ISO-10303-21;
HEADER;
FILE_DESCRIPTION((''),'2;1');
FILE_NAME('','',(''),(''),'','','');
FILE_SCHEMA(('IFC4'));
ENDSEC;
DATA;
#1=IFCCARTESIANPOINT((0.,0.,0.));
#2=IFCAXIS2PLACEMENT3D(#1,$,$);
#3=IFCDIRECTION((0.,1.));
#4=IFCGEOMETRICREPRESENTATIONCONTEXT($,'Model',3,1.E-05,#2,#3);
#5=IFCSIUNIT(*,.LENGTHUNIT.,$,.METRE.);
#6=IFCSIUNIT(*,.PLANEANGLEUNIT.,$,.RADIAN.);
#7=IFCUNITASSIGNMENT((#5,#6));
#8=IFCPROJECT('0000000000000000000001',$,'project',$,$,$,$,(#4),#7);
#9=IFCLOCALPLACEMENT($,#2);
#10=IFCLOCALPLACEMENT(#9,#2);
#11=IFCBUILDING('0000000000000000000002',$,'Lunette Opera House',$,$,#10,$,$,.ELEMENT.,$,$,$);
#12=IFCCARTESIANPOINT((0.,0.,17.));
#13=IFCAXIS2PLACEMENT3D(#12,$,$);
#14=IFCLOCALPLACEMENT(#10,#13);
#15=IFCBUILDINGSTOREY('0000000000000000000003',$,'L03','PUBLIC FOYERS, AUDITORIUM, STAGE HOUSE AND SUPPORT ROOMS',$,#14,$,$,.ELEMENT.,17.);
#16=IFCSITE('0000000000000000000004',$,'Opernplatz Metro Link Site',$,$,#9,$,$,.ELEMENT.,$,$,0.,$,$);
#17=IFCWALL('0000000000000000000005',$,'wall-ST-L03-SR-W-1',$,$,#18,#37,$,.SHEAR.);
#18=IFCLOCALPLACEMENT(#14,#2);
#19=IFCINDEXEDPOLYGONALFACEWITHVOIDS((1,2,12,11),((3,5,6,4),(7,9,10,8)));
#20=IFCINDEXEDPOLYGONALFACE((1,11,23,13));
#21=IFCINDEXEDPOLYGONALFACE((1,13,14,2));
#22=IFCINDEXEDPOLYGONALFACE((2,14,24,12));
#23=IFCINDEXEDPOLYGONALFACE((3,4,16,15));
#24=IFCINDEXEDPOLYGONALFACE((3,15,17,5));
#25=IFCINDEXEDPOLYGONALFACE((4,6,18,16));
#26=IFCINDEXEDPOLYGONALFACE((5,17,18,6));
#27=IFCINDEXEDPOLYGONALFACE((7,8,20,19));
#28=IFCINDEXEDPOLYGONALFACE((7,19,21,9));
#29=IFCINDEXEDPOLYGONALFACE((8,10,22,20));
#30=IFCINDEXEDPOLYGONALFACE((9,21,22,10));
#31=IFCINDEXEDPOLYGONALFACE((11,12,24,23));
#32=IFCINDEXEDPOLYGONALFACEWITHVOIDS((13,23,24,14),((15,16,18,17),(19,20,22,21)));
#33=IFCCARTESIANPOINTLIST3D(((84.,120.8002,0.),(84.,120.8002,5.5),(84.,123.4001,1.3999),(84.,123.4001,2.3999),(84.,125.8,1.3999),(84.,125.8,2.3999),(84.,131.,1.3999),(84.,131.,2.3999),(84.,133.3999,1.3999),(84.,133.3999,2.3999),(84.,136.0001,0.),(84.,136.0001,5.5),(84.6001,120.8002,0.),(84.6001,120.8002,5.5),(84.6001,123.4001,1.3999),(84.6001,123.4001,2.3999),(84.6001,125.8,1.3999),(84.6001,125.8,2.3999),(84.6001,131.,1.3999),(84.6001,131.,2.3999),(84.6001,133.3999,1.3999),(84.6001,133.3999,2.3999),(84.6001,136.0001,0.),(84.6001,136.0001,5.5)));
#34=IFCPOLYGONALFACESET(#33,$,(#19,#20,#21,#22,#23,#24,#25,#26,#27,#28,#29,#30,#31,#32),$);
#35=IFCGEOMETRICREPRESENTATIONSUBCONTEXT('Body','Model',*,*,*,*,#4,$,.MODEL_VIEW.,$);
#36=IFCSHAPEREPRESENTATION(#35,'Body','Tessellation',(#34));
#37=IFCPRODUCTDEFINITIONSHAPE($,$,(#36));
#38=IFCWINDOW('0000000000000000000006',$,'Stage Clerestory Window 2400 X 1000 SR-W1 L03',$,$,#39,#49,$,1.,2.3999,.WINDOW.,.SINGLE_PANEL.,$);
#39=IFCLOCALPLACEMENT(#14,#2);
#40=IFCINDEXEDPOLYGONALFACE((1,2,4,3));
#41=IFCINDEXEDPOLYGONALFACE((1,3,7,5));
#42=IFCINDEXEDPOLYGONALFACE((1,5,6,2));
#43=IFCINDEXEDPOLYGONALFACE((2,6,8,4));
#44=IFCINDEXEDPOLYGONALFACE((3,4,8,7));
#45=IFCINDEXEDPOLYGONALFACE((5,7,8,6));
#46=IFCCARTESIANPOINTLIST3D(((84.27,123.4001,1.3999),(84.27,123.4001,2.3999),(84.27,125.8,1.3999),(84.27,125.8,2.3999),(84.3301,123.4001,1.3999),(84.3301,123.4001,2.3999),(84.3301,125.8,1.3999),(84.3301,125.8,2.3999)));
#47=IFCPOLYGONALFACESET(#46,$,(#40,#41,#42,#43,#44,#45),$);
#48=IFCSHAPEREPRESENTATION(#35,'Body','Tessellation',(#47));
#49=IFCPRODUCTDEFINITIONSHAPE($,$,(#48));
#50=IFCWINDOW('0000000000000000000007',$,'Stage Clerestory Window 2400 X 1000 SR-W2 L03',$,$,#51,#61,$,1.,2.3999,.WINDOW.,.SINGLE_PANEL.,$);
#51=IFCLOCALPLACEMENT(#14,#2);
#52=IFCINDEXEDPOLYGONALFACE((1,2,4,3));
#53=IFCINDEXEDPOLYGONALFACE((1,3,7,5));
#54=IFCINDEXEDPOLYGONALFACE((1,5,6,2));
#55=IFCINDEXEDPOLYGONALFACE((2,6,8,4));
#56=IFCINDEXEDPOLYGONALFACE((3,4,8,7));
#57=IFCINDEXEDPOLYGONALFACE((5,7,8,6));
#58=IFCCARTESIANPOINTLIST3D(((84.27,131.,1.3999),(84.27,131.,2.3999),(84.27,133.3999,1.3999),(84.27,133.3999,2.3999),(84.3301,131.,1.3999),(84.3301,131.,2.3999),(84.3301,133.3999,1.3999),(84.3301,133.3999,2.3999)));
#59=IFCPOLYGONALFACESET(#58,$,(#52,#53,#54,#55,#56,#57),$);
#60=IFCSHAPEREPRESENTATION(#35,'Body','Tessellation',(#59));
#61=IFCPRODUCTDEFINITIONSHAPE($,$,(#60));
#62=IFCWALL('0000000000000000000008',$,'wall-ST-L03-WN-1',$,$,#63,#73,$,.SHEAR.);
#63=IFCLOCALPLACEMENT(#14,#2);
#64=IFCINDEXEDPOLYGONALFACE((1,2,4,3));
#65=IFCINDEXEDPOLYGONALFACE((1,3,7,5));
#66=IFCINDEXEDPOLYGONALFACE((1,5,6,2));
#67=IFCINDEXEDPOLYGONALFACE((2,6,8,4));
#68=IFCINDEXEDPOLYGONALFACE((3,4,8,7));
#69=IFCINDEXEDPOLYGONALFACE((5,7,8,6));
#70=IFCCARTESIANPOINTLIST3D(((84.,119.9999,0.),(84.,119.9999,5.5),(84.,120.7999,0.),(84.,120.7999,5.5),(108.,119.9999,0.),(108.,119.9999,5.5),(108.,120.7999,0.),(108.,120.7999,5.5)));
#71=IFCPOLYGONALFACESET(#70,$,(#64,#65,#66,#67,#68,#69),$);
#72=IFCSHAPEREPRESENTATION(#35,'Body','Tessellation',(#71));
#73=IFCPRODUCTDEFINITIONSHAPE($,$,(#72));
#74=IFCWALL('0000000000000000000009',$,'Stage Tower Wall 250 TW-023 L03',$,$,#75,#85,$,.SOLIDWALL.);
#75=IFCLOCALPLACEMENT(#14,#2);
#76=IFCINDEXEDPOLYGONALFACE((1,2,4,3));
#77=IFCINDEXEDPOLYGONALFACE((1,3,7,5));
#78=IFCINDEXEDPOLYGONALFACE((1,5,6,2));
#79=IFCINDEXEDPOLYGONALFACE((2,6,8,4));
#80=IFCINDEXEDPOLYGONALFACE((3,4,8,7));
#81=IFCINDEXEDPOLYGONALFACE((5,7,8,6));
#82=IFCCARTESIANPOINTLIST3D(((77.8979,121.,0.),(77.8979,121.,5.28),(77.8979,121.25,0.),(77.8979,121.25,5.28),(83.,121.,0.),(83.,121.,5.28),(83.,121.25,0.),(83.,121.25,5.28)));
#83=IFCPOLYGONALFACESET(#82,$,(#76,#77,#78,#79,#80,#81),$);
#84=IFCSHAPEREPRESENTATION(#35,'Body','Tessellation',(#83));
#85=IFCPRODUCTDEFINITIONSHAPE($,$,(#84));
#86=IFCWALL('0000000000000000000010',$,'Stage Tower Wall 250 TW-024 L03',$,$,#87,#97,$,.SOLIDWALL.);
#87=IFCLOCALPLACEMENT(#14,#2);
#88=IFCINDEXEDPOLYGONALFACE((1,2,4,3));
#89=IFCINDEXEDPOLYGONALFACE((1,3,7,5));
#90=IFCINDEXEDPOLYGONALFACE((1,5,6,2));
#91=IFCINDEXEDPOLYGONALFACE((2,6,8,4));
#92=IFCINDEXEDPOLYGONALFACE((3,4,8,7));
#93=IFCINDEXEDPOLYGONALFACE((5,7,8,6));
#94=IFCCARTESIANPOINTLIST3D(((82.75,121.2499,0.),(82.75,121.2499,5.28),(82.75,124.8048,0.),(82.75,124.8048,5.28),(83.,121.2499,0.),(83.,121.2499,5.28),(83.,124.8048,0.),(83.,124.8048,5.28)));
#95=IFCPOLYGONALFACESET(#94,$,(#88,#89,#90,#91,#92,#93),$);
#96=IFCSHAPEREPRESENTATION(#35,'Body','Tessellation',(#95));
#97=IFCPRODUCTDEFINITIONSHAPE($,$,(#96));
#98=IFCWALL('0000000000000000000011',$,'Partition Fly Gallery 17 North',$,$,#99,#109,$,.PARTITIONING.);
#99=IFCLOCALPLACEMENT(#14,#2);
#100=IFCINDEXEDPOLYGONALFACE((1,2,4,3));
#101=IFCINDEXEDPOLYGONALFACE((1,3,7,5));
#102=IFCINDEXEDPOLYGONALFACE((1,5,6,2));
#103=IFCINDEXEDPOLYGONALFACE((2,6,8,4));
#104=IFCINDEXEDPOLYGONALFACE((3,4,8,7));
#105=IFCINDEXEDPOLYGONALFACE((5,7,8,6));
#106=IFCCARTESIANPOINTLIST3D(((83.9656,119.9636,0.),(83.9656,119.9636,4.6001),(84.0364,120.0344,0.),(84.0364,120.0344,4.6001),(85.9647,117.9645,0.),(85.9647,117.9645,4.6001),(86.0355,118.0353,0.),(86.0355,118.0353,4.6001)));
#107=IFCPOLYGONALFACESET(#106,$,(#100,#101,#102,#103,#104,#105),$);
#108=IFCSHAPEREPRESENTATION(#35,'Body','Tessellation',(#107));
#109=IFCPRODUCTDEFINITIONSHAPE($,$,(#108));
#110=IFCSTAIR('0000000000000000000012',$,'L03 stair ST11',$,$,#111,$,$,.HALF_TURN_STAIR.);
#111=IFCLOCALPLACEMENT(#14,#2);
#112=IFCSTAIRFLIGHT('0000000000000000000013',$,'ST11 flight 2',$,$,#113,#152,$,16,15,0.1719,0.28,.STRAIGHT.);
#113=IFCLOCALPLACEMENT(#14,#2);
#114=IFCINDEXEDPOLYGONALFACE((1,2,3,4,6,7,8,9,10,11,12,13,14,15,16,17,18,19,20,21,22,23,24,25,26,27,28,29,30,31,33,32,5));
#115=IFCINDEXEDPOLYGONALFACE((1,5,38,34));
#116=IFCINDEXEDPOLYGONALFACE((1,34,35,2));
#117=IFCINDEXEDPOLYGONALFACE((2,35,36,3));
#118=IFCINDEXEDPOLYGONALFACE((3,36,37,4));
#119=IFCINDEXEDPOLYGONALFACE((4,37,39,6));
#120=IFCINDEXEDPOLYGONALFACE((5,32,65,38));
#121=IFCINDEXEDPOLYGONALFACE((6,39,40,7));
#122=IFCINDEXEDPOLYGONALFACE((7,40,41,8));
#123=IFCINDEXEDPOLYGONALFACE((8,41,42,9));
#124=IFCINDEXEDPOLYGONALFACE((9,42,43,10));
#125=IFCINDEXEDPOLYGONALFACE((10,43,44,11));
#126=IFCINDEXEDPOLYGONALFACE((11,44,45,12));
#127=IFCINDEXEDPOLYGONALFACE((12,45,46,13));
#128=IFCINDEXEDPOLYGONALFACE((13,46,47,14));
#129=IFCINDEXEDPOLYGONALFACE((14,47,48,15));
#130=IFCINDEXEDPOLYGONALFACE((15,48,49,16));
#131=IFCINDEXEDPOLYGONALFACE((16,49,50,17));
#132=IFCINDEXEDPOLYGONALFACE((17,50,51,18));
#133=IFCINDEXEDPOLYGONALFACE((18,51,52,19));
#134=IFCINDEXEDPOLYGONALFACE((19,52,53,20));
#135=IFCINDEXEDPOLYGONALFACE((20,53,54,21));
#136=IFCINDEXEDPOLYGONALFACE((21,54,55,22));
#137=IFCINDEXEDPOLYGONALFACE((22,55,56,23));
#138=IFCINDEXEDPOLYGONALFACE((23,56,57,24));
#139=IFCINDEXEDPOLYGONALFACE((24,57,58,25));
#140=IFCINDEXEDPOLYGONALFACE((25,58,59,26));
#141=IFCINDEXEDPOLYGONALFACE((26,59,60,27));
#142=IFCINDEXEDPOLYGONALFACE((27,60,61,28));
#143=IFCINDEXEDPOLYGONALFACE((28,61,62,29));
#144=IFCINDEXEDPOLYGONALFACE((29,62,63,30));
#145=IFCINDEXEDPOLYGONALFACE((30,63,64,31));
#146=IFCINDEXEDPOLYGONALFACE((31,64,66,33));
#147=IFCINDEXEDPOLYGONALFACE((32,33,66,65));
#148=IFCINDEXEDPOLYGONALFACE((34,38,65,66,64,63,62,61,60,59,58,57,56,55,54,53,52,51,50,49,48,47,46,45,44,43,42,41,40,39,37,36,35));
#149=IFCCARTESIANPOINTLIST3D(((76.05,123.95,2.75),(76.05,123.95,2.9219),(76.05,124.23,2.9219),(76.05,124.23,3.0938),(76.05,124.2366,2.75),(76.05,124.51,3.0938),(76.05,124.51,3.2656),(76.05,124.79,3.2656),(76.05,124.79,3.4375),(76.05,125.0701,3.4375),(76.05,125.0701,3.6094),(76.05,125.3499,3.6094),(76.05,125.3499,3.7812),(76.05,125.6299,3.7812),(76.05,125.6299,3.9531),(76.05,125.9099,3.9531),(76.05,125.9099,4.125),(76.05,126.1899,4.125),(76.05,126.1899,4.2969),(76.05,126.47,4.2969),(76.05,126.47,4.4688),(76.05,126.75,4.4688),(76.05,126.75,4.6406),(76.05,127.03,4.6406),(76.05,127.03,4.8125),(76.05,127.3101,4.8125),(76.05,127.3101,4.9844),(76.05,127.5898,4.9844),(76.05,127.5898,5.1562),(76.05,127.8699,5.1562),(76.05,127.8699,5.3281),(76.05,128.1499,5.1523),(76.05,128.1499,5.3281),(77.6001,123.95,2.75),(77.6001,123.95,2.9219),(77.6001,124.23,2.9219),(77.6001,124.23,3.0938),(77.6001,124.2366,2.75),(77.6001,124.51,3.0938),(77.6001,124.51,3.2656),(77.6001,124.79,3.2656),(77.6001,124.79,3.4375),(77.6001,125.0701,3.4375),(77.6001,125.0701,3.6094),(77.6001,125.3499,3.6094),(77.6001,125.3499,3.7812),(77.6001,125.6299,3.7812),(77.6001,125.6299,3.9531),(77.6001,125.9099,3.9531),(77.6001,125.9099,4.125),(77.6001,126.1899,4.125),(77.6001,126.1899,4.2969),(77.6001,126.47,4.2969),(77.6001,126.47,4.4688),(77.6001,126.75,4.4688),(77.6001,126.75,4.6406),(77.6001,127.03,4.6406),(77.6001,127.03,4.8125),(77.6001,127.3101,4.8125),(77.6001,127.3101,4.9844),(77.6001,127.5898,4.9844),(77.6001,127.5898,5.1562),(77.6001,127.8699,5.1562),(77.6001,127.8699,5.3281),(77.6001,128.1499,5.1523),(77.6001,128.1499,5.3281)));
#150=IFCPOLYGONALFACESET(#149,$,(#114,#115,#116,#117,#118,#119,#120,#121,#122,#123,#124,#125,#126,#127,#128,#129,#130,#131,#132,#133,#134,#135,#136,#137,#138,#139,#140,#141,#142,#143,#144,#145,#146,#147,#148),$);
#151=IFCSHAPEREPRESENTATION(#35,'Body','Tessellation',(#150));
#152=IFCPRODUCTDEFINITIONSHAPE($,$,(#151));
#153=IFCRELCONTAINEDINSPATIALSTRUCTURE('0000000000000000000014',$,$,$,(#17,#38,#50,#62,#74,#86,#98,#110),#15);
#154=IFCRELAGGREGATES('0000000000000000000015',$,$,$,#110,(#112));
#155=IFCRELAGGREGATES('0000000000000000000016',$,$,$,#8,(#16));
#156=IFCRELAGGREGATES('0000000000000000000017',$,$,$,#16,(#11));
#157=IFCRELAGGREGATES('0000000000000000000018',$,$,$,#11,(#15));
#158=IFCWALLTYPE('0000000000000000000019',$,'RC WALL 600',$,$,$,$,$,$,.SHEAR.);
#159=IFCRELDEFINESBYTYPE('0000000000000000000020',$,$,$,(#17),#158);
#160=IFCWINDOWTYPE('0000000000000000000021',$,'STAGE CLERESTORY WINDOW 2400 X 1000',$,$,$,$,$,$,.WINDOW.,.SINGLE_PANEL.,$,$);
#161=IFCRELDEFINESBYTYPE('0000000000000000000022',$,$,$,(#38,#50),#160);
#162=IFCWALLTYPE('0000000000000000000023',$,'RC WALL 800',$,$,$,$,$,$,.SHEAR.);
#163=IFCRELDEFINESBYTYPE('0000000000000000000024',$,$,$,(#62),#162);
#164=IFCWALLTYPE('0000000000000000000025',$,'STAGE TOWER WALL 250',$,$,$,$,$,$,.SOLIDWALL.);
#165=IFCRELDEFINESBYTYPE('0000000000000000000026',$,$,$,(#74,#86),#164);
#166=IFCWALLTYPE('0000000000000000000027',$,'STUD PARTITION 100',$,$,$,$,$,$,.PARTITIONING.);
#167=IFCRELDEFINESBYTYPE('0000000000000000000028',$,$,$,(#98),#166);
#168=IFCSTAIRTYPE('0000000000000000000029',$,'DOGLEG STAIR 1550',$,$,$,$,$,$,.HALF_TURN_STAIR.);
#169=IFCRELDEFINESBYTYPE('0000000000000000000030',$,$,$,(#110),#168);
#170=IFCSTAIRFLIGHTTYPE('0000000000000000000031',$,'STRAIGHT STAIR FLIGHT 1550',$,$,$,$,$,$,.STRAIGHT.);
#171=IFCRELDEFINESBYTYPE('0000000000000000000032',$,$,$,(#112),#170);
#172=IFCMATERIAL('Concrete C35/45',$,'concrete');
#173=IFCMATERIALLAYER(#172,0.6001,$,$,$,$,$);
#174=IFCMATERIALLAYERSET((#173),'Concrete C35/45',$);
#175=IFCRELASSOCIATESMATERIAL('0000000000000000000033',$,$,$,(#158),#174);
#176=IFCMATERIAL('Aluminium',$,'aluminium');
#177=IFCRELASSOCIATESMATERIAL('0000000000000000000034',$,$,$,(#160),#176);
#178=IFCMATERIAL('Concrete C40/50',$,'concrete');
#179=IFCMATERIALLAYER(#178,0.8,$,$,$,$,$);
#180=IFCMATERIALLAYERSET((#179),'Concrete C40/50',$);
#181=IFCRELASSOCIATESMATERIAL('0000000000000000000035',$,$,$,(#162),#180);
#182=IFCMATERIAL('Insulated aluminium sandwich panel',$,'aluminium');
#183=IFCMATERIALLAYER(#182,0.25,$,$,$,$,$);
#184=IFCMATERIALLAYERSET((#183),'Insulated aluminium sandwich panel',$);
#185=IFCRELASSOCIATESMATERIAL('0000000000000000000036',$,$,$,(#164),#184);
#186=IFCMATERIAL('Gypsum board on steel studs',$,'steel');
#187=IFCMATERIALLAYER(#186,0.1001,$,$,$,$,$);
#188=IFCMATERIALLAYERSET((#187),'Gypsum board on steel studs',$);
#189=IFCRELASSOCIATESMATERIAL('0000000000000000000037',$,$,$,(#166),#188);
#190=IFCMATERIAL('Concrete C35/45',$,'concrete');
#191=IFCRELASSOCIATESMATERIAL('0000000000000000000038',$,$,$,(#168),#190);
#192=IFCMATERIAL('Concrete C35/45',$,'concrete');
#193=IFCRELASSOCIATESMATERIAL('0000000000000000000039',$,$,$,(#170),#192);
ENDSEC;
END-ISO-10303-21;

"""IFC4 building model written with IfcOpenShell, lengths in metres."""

from ifc_helpers import new_model, si_unit, direction, frame, frame_2d, origin, place, context, subcontext, project, spatial, polyline, rectangle, outline, extrude, material, layer, layer_set, type_object, element, fill, aggregate, save


model = new_model("IFC4")

# Units and contexts
model_context = context("Model", 3, precision=1e-05, world=origin(), true_north=direction((0.0, 1.0)))
body_context = subcontext(model_context, "Body", "Model", "MODEL_VIEW")
ifc_project = project(units=[si_unit("LENGTHUNIT", "METRE"), si_unit("PLANEANGLEUNIT", "RADIAN")], contexts=[model_context])

# Site, building, storey
site_placement = place(None, origin())
site = spatial("IfcSite", under=ifc_project, at=site_placement, Name="Opernplatz Metro Link Site", CompositionType="ELEMENT", RefElevation=0.0)
building_placement = place(site_placement, origin())
building = spatial("IfcBuilding", under=site, at=building_placement, Name="Lunette Opera House", CompositionType="ELEMENT")
storey_placement = place(building_placement, frame((0.0, 0.0, 17.0)))
storey = spatial("IfcBuildingStorey", under=building, at=storey_placement, Name="L03", Description="PUBLIC FOYERS, AUDITORIUM, STAGE HOUSE AND SUPPORT ROOMS", CompositionType="ELEMENT", Elevation=17.0)

# Wall, openings, windows
ifc_material_1 = material(Name="Concrete C35/45", Category="concrete")
ifc_layer_1 = layer(ifc_material_1, 0.6001)
ifc_layer_set_1 = layer_set([ifc_layer_1], Name="Concrete C35/45")
wall_type_1 = type_object("IfcWallType", Name="RC WALL 600", PredefinedType="SHEAR", material=ifc_layer_set_1)
wall_1_placement = place(storey_placement, frame((84.3, 120.8, 0.0), z_axis=(0.0, 0.0, 1.0), x_axis=(0.0, 1.0, 0.0)))
wall_1 = element("IfcWall", 1, at=wall_1_placement, inside=storey, type_object=wall_type_1, Name="wall-ST-L03-SR-W-1", PredefinedType="SHEAR", context=body_context, shape_type="SweptSolid", body=[
    extrude(rectangle(XDim=15.2, YDim=0.6001, at=frame_2d((7.6001, 0.0))), origin(), (0.0, 0.0, 1.0), 5.5),
])
opening_1_placement = place(wall_1_placement, frame((2.6001, 0.0, 1.3999)))
opening_1 = element("IfcOpeningElement", 2, at=opening_1_placement, cuts=wall_1, PredefinedType="OPENING", context=body_context, shape_type="SweptSolid", body=[
    extrude(rectangle(XDim=2.3999, YDim=1.0, at=frame_2d((1.2, 0.5))), frame((0.0, 0.312, 0.0), z_axis=(0.0, -1.0, 0.0), x_axis=(1.0, 0.0, 0.0)), (0.0, 0.0, 1.0), 0.624),
])
opening_2_placement = place(wall_1_placement, frame((10.2, 0.0, 1.3999)))
opening_2 = element("IfcOpeningElement", 3, at=opening_2_placement, cuts=wall_1, PredefinedType="OPENING", context=body_context, shape_type="SweptSolid", body=[
    extrude(rectangle(XDim=2.3999, YDim=1.0, at=frame_2d((1.2, 0.5))), frame((0.0, 0.312, 0.0), z_axis=(0.0, -1.0, 0.0), x_axis=(1.0, 0.0, 0.0)), (0.0, 0.0, 1.0), 0.624),
])
ifc_material_2 = material(Name="Aluminium", Category="aluminium")
window_type = type_object("IfcWindowType", Name="STAGE CLERESTORY WINDOW 2400 X 1000", PartitioningType="SINGLE_PANEL", PredefinedType="WINDOW", material=ifc_material_2)
window_1_placement = place(opening_1_placement, origin())
window_1 = element("IfcWindow", 4, at=window_1_placement, inside=storey, type_object=window_type, Name="Stage Clerestory Window 2400 X 1000 SR-W1 L03", OverallHeight=1.0, OverallWidth=2.3999, PartitioningType="SINGLE_PANEL", PredefinedType="WINDOW", context=body_context, shape_type="SweptSolid", body=[
    extrude(rectangle(XDim=2.3999, YDim=1.0, at=frame_2d((1.2, 0.5))), frame((0.0, 0.03, 0.0), z_axis=(0.0, -1.0, 0.0), x_axis=(1.0, 0.0, 0.0)), (0.0, 0.0, 1.0), 0.0601),
])
fill(opening_1, window_1)
window_2_placement = place(opening_2_placement, origin())
window_2 = element("IfcWindow", 5, at=window_2_placement, inside=storey, type_object=window_type, Name="Stage Clerestory Window 2400 X 1000 SR-W2 L03", OverallHeight=1.0, OverallWidth=2.3999, PartitioningType="SINGLE_PANEL", PredefinedType="WINDOW", context=body_context, shape_type="SweptSolid", body=[
    extrude(rectangle(XDim=2.3999, YDim=1.0, at=frame_2d((1.2, 0.5))), frame((0.0, 0.03, 0.0), z_axis=(0.0, -1.0, 0.0), x_axis=(1.0, 0.0, 0.0)), (0.0, 0.0, 1.0), 0.0601),
])
fill(opening_2, window_2)

# Walls
ifc_material_3 = material(Name="Concrete C40/50", Category="concrete")
ifc_layer_2 = layer(ifc_material_3, 0.8)
ifc_layer_set_2 = layer_set([ifc_layer_2], Name="Concrete C40/50")
wall_type_2 = type_object("IfcWallType", Name="RC WALL 800", PredefinedType="SHEAR", material=ifc_layer_set_2)
wall_2_placement = place(storey_placement, frame((84.0, 120.3999, 0.0), z_axis=(0.0, 0.0, 1.0), x_axis=(1.0, 0.0, 0.0)))
element("IfcWall", 6, at=wall_2_placement, inside=storey, type_object=wall_type_2, Name="wall-ST-L03-WN-1", PredefinedType="SHEAR", context=body_context, shape_type="SweptSolid", body=[
    extrude(rectangle(XDim=24.0, YDim=0.8, at=frame_2d((12.0, 0.0))), origin(), (0.0, 0.0, 1.0), 5.5),
])
ifc_material_4 = material(Name="Insulated aluminium sandwich panel", Category="aluminium")
ifc_layer_3 = layer(ifc_material_4, 0.25)
ifc_layer_set_3 = layer_set([ifc_layer_3], Name="Insulated aluminium sandwich panel")
wall_type_3 = type_object("IfcWallType", Name="STAGE TOWER WALL 250", PredefinedType="SOLIDWALL", material=ifc_layer_set_3)
wall_3_placement = place(storey_placement, frame((77.8979, 121.125, 0.0), z_axis=(0.0, 0.0, 1.0), x_axis=(1.0, 0.0, 0.0)))
element("IfcWall", 7, at=wall_3_placement, inside=storey, type_object=wall_type_3, Name="Stage Tower Wall 250 TW-023 L03", PredefinedType="SOLIDWALL", context=body_context, shape_type="SweptSolid", body=[
    extrude(rectangle(XDim=5.1021, YDim=0.25, at=frame_2d((2.551, 0.0))), origin(), (0.0, 0.0, 1.0), 5.28),
])
wall_4_placement = place(storey_placement, frame((82.875, 121.25, 0.0), z_axis=(0.0, 0.0, 1.0), x_axis=(0.0, 1.0, 0.0)))
element("IfcWall", 8, at=wall_4_placement, inside=storey, type_object=wall_type_3, Name="Stage Tower Wall 250 TW-024 L03", PredefinedType="SOLIDWALL", context=body_context, shape_type="SweptSolid", body=[
    extrude(rectangle(XDim=3.5549, YDim=0.25, at=frame_2d((1.7773, 0.0))), origin(), (0.0, 0.0, 1.0), 5.28),
])
ifc_material_5 = material(Name="Gypsum board on steel studs", Category="steel")
ifc_layer_4 = layer(ifc_material_5, 0.1001)
ifc_layer_set_4 = layer_set([ifc_layer_4], Name="Gypsum board on steel studs")
wall_type_4 = type_object("IfcWallType", Name="STUD PARTITION 100", PredefinedType="PARTITIONING", material=ifc_layer_set_4)
wall_5_placement = place(storey_placement, frame((84.001, 119.999, 0.0), z_axis=(0.0, 0.0, 1.0), x_axis=(0.707107, -0.707107, 0.0)))
element("IfcWall", 9, at=wall_5_placement, inside=storey, type_object=wall_type_4, Name="Partition Fly Gallery 17 North", PredefinedType="PARTITIONING", context=body_context, shape_type="SweptSolid", body=[
    extrude(rectangle(XDim=2.8271, YDim=0.1001, at=frame_2d((1.4136, 0.0))), origin(), (0.0, 0.0, 1.0), 4.6001),
])

# Stair, stair flight
ifc_material_6 = material(Name="Concrete C35/45", Category="concrete")
stair_type = type_object("IfcStairType", Name="DOGLEG STAIR 1550", PredefinedType="HALF_TURN_STAIR", material=ifc_material_6)
stair_placement = place(storey_placement, origin())
stair = element("IfcStair", 10, at=stair_placement, inside=storey, type_object=stair_type, Name="L03 stair ST11", PredefinedType="HALF_TURN_STAIR")
ifc_material_7 = material(Name="Concrete C35/45", Category="concrete")
stair_flight_type = type_object("IfcStairFlightType", Name="STRAIGHT STAIR FLIGHT 1550", PredefinedType="STRAIGHT", material=ifc_material_7)
stair_flight_placement = place(storey_placement, frame((76.825, 123.95, 2.75), z_axis=(0.0, 0.0, 1.0), x_axis=(0.0, 1.0, 0.0)))
stair_flight = element("IfcStairFlight", 11, at=stair_flight_placement, type_object=stair_flight_type, Name="ST11 flight 2", NumberOfRisers=16, NumberOfTreads=15, PredefinedType="STRAIGHT", RiserHeight=0.1719, TreadLength=0.28, context=body_context, shape_type="SweptSolid", body=[
    extrude(outline(polyline([(0.0, 0.0), (0.0, 0.1719), (0.28, 0.1719), (0.28, 0.3438), (0.5601, 0.3438), (0.5601, 0.5156), (0.8401, 0.5156), (0.8401, 0.6875), (1.1201, 0.6875), (1.1201, 0.8594), (1.3999, 0.8594), (1.3999, 1.0312), (1.6799, 1.0312), (1.6799, 1.2031), (1.96, 1.2031), (1.96, 1.375), (2.24, 1.375), (2.24, 1.5469), (2.52, 1.5469), (2.52, 1.7188), (2.8, 1.7188), (2.8, 1.8906), (3.0801, 1.8906), (3.0801, 2.0625), (3.3601, 2.0625), (3.3601, 2.2344), (3.6399, 2.2344), (3.6399, 2.4062), (3.9199, 2.4062), (3.9199, 2.5781), (4.2, 2.5781), (4.2, 2.75), (4.2, 2.4023), (0.2866, 0.0), (0.0, 0.0)])), frame((0.0, 0.7749, 0.0), z_axis=(0.0, -1.0, 0.0), x_axis=(1.0, 0.0, 0.0)), (0.0, 0.0, 1.0), 1.55),
])
aggregate(stair, [stair_flight])

save(model, "model.ifc")
